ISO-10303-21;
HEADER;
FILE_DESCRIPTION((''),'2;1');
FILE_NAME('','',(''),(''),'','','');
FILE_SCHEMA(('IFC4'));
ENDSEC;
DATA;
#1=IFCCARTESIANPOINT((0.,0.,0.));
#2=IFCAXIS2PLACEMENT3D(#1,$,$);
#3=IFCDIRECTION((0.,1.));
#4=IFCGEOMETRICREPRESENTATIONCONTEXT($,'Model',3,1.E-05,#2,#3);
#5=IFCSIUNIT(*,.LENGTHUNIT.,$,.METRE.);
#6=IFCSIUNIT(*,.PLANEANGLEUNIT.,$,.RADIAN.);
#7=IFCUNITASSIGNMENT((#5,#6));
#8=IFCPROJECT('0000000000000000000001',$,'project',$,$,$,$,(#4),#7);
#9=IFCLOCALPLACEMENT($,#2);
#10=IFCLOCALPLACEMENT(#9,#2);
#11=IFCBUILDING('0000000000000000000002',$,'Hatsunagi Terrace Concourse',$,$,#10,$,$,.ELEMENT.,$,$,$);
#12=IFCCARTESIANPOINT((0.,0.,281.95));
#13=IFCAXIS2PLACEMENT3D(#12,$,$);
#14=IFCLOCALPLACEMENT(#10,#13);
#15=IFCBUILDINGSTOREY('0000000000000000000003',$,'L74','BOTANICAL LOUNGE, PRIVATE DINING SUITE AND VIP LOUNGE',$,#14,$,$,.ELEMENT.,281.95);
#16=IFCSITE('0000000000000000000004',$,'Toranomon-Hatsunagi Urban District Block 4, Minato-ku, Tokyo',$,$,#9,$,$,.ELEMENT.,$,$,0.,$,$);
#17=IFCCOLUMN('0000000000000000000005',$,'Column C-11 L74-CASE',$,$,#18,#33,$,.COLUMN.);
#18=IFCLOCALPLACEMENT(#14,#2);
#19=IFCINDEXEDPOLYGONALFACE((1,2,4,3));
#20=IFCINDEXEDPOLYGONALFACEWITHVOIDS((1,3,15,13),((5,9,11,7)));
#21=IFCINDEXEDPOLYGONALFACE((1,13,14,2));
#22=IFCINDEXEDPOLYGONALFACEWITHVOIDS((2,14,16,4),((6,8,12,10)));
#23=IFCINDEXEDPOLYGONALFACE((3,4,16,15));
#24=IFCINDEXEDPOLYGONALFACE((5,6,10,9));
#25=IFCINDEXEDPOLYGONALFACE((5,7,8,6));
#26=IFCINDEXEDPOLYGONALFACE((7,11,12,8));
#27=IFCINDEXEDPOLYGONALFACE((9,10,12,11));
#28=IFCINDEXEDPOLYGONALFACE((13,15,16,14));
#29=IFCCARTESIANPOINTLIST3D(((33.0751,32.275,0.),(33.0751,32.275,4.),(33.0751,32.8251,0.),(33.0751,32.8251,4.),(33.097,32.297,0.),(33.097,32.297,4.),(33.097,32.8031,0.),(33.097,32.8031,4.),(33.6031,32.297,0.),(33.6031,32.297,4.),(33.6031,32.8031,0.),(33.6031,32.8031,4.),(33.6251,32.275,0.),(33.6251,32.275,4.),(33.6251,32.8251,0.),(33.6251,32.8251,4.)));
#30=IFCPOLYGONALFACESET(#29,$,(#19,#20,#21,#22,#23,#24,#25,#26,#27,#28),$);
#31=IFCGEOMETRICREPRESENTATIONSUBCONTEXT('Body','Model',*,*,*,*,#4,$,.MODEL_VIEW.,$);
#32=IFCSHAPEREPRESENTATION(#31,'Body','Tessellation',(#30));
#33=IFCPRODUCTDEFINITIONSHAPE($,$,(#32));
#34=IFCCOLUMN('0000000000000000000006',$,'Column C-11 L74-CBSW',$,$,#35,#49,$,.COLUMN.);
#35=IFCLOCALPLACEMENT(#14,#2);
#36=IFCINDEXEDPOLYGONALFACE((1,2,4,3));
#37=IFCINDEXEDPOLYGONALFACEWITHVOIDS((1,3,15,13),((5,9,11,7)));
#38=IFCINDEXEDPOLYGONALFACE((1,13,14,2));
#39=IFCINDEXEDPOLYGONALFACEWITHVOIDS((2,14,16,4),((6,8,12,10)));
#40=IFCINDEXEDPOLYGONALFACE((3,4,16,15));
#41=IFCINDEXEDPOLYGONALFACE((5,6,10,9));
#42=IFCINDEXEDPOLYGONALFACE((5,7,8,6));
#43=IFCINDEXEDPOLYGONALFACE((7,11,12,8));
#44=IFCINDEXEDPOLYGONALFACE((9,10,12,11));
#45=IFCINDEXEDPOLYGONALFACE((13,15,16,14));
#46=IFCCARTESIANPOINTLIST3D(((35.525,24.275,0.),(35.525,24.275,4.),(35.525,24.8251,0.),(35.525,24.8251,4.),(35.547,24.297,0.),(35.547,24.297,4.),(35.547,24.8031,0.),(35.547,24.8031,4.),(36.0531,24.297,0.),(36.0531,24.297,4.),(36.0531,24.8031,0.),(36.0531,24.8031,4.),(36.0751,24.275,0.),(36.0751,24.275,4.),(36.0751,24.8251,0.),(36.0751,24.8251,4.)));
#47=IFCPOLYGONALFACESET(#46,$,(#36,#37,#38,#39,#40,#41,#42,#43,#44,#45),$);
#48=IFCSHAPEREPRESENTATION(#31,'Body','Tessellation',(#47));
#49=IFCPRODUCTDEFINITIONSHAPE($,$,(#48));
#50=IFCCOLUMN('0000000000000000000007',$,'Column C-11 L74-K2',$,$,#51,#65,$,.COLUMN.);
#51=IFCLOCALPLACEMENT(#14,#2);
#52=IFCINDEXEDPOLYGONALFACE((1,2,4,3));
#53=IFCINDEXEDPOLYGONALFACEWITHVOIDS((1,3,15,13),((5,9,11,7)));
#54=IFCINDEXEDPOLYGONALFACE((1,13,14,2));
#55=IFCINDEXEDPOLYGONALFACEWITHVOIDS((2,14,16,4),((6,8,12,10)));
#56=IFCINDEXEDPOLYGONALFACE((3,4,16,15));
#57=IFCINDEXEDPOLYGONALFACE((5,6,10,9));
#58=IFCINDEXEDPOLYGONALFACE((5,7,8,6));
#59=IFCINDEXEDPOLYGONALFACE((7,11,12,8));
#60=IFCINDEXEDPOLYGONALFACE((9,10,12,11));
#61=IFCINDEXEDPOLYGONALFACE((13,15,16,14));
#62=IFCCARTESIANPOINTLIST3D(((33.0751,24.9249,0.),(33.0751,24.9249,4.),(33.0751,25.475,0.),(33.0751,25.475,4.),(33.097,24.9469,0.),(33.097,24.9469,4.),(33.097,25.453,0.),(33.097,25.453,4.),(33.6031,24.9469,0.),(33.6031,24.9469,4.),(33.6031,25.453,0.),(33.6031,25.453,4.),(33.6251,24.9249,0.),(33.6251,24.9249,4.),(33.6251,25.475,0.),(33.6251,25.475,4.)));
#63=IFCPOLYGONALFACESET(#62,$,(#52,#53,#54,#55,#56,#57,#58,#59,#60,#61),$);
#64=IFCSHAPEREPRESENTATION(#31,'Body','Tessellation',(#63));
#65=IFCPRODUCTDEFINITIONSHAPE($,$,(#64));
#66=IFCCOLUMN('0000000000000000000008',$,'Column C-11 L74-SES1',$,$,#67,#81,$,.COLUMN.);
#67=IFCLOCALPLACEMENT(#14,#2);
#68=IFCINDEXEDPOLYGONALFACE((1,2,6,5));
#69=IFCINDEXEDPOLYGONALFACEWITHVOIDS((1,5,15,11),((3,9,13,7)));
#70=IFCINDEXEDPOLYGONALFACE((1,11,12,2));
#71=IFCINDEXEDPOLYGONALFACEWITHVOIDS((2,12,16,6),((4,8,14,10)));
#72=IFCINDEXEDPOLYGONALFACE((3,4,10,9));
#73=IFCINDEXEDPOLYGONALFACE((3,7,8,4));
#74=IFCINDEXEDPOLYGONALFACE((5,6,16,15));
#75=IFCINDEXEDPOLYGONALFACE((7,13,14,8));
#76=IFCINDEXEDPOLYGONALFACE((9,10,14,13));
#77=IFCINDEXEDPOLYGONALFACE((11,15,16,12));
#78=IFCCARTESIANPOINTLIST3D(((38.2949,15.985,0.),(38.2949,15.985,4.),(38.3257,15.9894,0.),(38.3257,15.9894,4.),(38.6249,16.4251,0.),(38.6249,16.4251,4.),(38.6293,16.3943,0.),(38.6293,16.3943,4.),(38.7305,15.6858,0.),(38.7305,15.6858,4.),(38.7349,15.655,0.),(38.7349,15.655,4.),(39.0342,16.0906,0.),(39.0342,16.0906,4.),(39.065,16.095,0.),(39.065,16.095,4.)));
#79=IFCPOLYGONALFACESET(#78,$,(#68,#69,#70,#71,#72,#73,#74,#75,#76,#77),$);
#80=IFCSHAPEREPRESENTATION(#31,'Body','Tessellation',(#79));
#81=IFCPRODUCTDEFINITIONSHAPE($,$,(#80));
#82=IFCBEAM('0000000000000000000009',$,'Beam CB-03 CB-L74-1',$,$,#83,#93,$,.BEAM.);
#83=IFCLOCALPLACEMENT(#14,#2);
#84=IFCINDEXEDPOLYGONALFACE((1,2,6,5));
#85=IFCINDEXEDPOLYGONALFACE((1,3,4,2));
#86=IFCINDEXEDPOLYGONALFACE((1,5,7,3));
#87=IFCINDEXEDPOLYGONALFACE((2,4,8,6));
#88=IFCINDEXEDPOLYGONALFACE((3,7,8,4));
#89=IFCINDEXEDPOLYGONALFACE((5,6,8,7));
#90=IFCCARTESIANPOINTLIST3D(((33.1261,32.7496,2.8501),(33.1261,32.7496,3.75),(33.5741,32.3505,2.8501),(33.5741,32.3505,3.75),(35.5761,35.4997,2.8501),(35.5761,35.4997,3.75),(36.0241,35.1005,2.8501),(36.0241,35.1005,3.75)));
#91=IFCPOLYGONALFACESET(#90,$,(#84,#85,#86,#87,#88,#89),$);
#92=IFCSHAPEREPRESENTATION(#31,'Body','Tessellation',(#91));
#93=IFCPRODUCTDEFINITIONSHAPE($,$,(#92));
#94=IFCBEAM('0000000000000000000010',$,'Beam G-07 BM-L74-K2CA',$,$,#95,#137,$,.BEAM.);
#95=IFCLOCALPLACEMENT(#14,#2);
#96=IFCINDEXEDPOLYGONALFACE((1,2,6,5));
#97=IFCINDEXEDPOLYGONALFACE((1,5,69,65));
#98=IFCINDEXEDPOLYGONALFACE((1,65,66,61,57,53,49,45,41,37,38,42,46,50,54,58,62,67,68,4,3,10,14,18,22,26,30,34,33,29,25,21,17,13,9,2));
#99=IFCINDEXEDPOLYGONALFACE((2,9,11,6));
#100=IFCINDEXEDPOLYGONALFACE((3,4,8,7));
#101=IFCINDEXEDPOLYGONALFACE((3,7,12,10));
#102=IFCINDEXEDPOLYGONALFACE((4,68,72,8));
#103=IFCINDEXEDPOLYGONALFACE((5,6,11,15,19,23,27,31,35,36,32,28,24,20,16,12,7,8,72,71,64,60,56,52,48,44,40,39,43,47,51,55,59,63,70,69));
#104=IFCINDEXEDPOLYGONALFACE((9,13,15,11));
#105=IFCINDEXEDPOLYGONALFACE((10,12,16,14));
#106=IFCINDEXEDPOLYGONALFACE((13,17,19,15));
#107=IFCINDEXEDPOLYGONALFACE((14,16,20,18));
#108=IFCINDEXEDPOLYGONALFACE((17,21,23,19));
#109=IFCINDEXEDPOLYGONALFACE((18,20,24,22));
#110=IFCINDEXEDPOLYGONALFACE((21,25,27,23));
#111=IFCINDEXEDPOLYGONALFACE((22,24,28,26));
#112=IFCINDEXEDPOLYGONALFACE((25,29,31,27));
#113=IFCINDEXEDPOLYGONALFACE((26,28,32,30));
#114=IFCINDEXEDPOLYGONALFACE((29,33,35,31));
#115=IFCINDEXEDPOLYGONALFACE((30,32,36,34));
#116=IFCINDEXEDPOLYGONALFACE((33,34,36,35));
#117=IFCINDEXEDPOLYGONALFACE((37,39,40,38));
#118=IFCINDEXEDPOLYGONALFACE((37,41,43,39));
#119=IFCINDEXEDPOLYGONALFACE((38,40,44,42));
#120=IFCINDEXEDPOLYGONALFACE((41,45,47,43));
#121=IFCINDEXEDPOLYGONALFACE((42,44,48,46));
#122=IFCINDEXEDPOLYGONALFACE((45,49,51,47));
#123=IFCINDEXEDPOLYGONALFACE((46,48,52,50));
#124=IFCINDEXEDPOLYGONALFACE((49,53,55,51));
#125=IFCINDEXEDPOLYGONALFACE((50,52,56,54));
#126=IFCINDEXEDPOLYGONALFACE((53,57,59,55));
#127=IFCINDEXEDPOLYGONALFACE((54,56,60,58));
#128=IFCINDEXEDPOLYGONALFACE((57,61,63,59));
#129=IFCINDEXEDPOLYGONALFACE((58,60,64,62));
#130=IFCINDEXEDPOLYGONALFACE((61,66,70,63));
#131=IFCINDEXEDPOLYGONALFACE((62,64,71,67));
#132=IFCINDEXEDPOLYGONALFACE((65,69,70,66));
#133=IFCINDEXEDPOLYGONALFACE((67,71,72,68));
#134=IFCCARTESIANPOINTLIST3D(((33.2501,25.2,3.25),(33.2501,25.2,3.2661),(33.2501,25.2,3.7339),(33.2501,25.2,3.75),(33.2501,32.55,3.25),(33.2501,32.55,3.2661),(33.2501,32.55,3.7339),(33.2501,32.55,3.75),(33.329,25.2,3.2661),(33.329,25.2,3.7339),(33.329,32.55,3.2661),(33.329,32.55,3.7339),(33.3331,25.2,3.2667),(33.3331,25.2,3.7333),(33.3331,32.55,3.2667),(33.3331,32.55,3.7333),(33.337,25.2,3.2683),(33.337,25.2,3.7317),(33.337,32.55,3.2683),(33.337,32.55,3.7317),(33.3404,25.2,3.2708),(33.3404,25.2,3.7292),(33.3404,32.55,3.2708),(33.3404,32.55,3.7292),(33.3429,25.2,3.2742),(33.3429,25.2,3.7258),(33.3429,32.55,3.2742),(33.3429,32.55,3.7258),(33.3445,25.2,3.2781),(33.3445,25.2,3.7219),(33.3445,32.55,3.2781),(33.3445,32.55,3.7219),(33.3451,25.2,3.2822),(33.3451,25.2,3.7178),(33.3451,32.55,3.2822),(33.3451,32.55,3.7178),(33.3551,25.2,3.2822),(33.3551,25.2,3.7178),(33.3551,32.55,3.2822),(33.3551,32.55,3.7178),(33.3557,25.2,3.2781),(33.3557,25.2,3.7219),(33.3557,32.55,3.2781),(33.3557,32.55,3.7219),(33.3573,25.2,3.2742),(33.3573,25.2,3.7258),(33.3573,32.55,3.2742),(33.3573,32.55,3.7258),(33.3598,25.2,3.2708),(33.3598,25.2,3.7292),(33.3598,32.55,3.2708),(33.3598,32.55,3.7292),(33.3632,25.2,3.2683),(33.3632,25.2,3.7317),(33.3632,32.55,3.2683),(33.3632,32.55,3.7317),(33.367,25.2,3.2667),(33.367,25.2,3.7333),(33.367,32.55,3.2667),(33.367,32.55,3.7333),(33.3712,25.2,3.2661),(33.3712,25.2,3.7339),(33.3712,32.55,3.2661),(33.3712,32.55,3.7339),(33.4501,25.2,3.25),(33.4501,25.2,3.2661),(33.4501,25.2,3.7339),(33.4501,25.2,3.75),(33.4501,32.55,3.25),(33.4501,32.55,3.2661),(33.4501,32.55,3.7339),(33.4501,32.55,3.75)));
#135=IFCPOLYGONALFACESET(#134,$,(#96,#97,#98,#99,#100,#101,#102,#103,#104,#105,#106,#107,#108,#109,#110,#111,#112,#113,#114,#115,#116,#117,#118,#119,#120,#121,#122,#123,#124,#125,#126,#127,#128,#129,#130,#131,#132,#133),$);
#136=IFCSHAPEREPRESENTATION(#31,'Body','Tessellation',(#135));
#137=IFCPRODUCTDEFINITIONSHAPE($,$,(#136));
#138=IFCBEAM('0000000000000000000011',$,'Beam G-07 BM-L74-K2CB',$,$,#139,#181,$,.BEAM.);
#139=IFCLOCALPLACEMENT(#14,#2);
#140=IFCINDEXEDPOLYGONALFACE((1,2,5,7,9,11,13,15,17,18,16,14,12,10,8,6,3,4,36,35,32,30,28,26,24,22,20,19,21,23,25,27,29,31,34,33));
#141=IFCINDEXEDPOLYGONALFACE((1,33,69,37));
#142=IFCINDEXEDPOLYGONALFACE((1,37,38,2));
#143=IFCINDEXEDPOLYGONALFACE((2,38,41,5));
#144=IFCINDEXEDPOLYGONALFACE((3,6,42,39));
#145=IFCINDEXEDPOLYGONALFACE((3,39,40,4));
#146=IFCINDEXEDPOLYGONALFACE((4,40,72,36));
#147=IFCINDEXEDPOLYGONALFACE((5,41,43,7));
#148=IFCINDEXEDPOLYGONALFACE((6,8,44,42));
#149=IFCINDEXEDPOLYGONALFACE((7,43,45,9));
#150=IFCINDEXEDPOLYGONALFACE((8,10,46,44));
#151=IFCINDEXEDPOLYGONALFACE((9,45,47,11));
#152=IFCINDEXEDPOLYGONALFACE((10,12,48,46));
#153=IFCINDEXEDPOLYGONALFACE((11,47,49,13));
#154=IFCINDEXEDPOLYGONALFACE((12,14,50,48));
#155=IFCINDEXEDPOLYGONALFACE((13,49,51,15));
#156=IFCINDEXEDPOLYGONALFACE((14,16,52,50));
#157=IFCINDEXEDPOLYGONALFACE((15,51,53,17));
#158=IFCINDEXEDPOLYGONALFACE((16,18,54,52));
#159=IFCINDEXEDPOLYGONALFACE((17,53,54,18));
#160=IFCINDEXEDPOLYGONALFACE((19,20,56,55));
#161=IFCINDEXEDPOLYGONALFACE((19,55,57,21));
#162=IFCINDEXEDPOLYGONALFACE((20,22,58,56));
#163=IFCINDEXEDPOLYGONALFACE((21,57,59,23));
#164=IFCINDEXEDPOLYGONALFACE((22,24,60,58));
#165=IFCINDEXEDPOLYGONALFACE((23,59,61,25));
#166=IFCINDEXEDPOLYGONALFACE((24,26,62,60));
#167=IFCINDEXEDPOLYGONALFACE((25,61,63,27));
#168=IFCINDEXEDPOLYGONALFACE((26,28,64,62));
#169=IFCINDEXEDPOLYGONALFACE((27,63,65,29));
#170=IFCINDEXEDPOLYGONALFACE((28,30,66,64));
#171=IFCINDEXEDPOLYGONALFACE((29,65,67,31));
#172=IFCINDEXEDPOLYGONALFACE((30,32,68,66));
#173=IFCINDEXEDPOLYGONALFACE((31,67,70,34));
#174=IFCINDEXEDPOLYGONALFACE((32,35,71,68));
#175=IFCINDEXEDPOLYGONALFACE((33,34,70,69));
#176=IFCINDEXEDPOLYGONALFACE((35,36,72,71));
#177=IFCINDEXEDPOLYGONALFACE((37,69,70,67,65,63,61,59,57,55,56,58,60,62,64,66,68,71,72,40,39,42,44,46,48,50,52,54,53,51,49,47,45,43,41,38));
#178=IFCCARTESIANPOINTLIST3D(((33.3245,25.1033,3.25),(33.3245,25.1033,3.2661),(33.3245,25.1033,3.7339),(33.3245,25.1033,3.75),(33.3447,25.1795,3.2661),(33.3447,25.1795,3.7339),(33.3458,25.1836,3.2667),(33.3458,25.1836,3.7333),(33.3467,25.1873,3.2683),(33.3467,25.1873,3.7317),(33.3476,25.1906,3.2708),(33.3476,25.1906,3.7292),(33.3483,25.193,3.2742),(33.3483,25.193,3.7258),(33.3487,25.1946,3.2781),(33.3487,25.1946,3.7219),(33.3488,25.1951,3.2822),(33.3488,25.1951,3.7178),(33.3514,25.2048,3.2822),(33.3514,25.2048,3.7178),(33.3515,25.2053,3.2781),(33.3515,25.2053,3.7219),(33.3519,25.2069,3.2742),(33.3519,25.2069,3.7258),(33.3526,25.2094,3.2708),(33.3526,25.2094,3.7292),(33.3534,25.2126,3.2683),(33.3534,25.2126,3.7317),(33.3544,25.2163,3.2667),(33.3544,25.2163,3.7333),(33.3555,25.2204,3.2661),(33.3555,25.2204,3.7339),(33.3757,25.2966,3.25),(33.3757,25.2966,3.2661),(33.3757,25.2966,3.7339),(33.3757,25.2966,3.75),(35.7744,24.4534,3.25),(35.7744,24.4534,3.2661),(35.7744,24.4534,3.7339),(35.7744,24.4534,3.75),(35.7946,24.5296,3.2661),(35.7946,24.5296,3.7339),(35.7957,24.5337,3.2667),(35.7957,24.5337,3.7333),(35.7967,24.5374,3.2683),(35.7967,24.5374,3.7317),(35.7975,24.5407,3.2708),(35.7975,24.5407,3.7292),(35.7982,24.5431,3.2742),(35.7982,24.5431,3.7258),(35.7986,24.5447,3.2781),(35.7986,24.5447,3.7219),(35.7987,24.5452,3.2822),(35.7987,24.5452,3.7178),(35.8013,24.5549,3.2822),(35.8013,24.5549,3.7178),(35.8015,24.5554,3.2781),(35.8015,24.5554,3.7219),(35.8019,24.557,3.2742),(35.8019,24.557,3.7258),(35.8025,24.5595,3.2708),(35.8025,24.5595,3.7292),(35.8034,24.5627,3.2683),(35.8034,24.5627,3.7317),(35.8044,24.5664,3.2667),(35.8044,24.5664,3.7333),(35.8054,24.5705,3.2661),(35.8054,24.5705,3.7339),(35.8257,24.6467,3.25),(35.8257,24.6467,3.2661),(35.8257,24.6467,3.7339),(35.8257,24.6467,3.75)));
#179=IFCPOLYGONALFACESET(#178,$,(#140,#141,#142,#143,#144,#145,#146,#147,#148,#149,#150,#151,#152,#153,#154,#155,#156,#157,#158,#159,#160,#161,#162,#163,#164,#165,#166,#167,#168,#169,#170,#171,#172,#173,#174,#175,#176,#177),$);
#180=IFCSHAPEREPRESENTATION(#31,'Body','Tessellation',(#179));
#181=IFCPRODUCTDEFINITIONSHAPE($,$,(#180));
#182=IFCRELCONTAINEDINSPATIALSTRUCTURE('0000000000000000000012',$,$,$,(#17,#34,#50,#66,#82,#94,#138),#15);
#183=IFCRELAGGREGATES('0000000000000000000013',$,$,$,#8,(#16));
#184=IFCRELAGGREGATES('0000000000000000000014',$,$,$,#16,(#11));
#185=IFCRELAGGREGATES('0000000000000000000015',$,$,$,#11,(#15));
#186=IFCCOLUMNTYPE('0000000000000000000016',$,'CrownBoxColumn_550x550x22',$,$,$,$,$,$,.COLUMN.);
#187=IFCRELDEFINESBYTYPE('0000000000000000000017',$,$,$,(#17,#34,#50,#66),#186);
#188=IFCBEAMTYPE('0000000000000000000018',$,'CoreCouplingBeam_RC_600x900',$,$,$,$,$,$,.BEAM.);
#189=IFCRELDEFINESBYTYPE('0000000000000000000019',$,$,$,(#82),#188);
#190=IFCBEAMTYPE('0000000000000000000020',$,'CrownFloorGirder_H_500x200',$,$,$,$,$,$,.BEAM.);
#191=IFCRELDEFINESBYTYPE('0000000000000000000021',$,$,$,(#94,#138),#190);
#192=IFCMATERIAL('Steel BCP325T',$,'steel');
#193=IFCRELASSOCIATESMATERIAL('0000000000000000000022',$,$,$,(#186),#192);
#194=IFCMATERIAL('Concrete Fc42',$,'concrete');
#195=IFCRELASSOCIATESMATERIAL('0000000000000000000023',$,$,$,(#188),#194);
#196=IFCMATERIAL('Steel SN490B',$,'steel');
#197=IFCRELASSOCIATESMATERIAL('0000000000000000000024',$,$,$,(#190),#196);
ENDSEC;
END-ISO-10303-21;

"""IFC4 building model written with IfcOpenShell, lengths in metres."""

from ifc_helpers import new_model, si_unit, direction, frame, origin, origin_2d, place, context, subcontext, project, spatial, rectangle, hollow_rectangle, i_section, extrude, material, material_profile, profile_set, type_object, element, save


model = new_model("IFC4")

# Units and contexts
model_context = context("Model", 3, precision=1e-05, world=origin(), true_north=direction((0.0, 1.0)))
body_context = subcontext(model_context, "Body", "Model", "MODEL_VIEW")
ifc_project = project(units=[si_unit("LENGTHUNIT", "METRE"), si_unit("PLANEANGLEUNIT", "RADIAN")], contexts=[model_context])

# Site, building, storey
site_placement = place(None, origin())
site = spatial("IfcSite", under=ifc_project, at=site_placement, Name="Toranomon-Hatsunagi Urban District Block 4, Minato-ku, Tokyo", CompositionType="ELEMENT", RefElevation=0.0)
building_placement = place(site_placement, origin())
building = spatial("IfcBuilding", under=site, at=building_placement, Name="Hatsunagi Terrace Concourse", CompositionType="ELEMENT")
storey_placement = place(building_placement, frame((0.0, 0.0, 281.95)))
storey = spatial("IfcBuildingStorey", under=building, at=storey_placement, Name="L74", Description="BOTANICAL LOUNGE, PRIVATE DINING SUITE AND VIP LOUNGE", CompositionType="ELEMENT", Elevation=281.95)

# Columns
ifc_material_1 = material(Name="Steel BCP325T", Category="steel")
ifc_material_profile_1 = material_profile(ifc_material_1, hollow_rectangle(XDim=0.55, YDim=0.55, WallThickness=0.022, at=origin_2d()), Name="BCP-550x550x22")
ifc_profile_set_1 = profile_set([ifc_material_profile_1], Name="Steel BCP325T")
column_type = type_object("IfcColumnType", Name="CrownBoxColumn_550x550x22", PredefinedType="COLUMN", material=ifc_profile_set_1)
for number, where, z_axis, x_axis, name in (
    (1, (33.3501, 32.55, 0.0), (0.0, 0.0, 1.0), (1.0, 0.0, 0.0), "Column C-11 L74-CASE"),
    (2, (35.8, 24.55, 0.0), (0.0, 0.0, 1.0), (1.0, 0.0, 0.0), "Column C-11 L74-CBSW"),
    (3, (33.3501, 25.2, 0.0), (0.0, 0.0, 1.0), (1.0, 0.0, 0.0), "Column C-11 L74-K2"),
    (4, (38.6799, 16.04, 0.0), (0.0, 0.0, 1.0), (0.8, -0.6, 0.0), "Column C-11 L74-SES1"),
):
    element("IfcColumn", number, at=place(storey_placement, frame(where, z_axis=z_axis, x_axis=x_axis)), inside=storey, type_object=column_type, Name=name, PredefinedType="COLUMN", context=body_context, shape_type="SweptSolid", body=[
        extrude(hollow_rectangle(XDim=0.55, YDim=0.55, WallThickness=0.022, at=origin_2d()), origin(), (0.0, 0.0, 1.0), 4.0),
    ])

# Beams
ifc_material_2 = material(Name="Concrete Fc42", Category="concrete")
ifc_material_profile_2 = material_profile(ifc_material_2, rectangle(XDim=0.6001, YDim=0.8999, at=origin_2d()), Name="RC-600x900")
ifc_profile_set_2 = profile_set([ifc_material_profile_2], Name="Concrete Fc42")
beam_type_1 = type_object("IfcBeamType", Name="CoreCouplingBeam_RC_600x900", PredefinedType="BEAM", material=ifc_profile_set_2)
beam_1_placement = place(storey_placement, frame((33.3501, 32.55, 3.3), z_axis=(0.665199, 0.746666, 0.0), x_axis=(-0.746666, 0.665199, 0.0)))
element("IfcBeam", 5, at=beam_1_placement, inside=storey, type_object=beam_type_1, Name="Beam CB-03 CB-L74-1", PredefinedType="BEAM", context=body_context, shape_type="SweptSolid", body=[
    extrude(rectangle(XDim=0.6001, YDim=0.8999, at=origin_2d()), origin(), (0.0, 0.0, 1.0), 3.6831),
])
ifc_material_3 = material(Name="Steel SN490B", Category="steel")
ifc_material_profile_3 = material_profile(ifc_material_3, i_section(OverallWidth=0.2, OverallDepth=0.5, WebThickness=0.01, FlangeThickness=0.0161, FilletRadius=0.0161, at=origin_2d()), Name="H-500x200x10x16")
ifc_profile_set_3 = profile_set([ifc_material_profile_3], Name="Steel SN490B")
beam_type_2 = type_object("IfcBeamType", Name="CrownFloorGirder_H_500x200", PredefinedType="BEAM", material=ifc_profile_set_3)
beam_2_placement = place(storey_placement, frame((33.3501, 25.2, 3.5), z_axis=(0.0, 1.0, 0.0), x_axis=(-1.0, 0.0, 0.0)))
element("IfcBeam", 6, at=beam_2_placement, inside=storey, type_object=beam_type_2, Name="Beam G-07 BM-L74-K2CA", PredefinedType="BEAM", context=body_context, shape_type="SweptSolid", body=[
    extrude(i_section(OverallWidth=0.2, OverallDepth=0.5, WebThickness=0.01, FlangeThickness=0.0161, FilletRadius=0.0161, at=origin_2d()), origin(), (0.0, 0.0, 1.0), 7.3501),
])
beam_3_placement = place(storey_placement, frame((33.3501, 25.2, 3.5), z_axis=(0.96657, -0.256403, 0.0), x_axis=(0.256403, 0.96657, 0.0)))
element("IfcBeam", 7, at=beam_3_placement, inside=storey, type_object=beam_type_2, Name="Beam G-07 BM-L74-K2CB", PredefinedType="BEAM", context=body_context, shape_type="SweptSolid", body=[
    extrude(i_section(OverallWidth=0.2, OverallDepth=0.5, WebThickness=0.01, FlangeThickness=0.0161, FilletRadius=0.0161, at=origin_2d()), origin(), (0.0, 0.0, 1.0), 2.5347),
])

save(model, "model.ifc")
